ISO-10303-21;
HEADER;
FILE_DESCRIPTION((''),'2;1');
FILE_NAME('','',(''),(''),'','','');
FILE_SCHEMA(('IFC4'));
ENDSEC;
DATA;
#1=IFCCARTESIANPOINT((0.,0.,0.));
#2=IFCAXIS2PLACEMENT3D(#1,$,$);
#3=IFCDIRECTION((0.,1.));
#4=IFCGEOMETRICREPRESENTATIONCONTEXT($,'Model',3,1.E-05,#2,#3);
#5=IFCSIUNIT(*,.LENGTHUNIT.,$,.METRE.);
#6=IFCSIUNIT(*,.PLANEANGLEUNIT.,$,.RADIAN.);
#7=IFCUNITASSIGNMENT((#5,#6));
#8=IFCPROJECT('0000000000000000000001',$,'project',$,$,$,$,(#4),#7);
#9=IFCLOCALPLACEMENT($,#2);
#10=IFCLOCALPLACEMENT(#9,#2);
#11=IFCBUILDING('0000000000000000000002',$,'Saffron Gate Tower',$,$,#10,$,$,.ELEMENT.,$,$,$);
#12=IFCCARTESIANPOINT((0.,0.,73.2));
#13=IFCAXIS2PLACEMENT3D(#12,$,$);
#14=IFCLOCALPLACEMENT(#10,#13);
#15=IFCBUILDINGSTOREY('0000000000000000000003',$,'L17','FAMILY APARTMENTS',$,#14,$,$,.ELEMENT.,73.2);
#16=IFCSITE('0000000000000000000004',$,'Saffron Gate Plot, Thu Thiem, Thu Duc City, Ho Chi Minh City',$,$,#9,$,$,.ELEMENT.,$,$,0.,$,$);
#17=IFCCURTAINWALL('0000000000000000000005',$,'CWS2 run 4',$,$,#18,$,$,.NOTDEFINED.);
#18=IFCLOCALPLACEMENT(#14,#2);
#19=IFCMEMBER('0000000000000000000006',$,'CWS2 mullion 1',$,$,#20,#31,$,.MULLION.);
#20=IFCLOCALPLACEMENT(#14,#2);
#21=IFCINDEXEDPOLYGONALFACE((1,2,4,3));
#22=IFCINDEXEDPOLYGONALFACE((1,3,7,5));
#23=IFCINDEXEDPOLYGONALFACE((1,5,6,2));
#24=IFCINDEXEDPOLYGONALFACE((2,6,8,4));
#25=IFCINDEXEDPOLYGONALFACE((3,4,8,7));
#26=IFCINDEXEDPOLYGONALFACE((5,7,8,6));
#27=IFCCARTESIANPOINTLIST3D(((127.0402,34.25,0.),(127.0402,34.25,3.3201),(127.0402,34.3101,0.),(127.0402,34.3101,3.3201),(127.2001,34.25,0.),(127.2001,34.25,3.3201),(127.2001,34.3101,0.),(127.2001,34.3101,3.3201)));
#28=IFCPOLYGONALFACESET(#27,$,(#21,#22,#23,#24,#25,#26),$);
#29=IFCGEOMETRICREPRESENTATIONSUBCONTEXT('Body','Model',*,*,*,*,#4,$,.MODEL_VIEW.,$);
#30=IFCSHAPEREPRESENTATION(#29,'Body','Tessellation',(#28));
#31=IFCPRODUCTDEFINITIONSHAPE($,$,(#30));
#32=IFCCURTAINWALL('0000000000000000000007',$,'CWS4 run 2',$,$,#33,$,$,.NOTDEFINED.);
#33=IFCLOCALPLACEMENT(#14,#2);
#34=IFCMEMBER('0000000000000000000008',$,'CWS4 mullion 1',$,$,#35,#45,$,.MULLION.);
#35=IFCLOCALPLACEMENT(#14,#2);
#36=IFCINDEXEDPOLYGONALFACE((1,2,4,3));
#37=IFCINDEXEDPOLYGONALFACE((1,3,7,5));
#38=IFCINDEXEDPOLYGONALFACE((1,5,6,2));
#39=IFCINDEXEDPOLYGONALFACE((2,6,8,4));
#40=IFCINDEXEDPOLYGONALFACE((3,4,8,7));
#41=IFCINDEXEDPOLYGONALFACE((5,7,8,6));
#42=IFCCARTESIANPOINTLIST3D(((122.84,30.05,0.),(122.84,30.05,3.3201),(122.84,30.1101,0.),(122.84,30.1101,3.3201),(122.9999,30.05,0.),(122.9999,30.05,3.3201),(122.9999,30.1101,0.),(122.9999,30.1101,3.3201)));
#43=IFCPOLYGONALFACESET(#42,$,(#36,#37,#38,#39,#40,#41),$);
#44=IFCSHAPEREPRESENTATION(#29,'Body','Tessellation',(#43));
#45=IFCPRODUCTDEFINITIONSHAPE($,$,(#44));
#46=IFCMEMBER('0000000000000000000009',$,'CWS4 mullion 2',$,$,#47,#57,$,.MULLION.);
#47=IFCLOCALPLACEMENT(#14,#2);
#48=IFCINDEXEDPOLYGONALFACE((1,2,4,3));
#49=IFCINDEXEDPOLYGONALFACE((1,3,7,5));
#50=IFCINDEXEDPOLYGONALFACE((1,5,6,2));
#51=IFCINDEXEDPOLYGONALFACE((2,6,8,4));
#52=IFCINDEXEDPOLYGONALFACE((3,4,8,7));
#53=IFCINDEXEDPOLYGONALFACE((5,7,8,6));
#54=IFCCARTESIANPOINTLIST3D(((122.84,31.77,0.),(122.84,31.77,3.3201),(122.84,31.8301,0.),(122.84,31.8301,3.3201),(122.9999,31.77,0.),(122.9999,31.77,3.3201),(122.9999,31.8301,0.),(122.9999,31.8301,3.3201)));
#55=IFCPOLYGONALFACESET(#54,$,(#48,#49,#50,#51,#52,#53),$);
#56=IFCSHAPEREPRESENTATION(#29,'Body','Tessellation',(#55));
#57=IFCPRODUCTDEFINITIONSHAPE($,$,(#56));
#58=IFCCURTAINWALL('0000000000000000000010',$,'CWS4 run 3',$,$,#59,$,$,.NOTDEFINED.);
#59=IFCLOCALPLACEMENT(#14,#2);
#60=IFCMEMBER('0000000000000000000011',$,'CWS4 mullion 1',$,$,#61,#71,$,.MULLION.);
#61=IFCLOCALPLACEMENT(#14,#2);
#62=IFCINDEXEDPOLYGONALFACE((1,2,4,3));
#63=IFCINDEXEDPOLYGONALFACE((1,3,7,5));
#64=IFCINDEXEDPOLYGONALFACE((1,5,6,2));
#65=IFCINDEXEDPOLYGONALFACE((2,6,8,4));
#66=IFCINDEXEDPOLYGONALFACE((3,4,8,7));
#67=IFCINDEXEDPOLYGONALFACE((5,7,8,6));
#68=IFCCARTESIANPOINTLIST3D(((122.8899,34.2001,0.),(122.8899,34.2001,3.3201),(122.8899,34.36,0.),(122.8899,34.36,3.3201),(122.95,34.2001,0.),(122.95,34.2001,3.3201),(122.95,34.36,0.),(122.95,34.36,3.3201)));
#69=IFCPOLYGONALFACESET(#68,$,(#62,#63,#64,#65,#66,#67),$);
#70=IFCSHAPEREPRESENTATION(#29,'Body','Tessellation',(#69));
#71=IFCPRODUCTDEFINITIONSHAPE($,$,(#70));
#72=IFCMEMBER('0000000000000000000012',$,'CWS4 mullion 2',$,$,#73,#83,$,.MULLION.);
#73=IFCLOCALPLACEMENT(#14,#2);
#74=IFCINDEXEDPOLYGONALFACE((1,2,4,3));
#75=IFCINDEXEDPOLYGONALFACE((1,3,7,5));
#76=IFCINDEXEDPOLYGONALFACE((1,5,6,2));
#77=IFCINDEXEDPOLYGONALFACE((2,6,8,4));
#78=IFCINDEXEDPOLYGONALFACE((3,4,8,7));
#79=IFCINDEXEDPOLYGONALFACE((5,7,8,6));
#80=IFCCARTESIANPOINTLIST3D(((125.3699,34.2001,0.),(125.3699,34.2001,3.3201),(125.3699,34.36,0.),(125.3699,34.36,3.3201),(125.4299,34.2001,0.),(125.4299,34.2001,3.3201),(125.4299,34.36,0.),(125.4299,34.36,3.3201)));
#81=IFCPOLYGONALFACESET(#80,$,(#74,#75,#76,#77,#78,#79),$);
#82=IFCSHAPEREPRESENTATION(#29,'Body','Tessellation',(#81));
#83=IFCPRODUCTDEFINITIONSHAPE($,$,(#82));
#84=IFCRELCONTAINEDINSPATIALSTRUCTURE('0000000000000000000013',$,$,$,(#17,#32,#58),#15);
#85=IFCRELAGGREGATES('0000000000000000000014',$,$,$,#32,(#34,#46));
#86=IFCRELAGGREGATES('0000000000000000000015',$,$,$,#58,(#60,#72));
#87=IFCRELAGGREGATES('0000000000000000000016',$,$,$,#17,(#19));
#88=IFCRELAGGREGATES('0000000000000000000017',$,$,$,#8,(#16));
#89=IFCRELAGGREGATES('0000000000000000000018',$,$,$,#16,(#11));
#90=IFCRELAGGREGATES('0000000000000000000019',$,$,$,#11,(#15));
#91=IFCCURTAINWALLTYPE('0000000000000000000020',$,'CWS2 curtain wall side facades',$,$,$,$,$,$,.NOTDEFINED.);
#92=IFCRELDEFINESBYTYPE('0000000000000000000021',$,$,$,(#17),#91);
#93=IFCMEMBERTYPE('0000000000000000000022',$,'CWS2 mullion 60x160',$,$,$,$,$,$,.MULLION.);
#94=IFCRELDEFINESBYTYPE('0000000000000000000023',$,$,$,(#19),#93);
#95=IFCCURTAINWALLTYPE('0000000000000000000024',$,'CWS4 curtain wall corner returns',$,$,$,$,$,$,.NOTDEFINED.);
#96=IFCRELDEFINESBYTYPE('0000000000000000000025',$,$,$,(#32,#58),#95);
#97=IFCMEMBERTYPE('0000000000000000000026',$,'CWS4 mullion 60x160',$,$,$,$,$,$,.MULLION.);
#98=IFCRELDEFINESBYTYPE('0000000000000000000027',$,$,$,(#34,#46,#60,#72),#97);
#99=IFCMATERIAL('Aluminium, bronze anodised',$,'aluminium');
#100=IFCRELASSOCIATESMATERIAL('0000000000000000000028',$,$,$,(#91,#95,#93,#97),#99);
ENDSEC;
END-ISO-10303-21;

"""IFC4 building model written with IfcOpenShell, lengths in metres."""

from ifc_helpers import new_model, si_unit, direction, frame, origin, origin_2d, place, context, subcontext, project, spatial, rectangle, extrude, material, material_profile, profile_set, type_object, element, aggregate, save


model = new_model("IFC4")

# Units and contexts
model_context = context("Model", 3, precision=1e-05, world=origin(), true_north=direction((0.0, 1.0)))
body_context = subcontext(model_context, "Body", "Model", "MODEL_VIEW")
ifc_project = project(units=[si_unit("LENGTHUNIT", "METRE"), si_unit("PLANEANGLEUNIT", "RADIAN")], contexts=[model_context])

# Site, building, storey
site_placement = place(None, origin())
site = spatial("IfcSite", under=ifc_project, at=site_placement, Name="Saffron Gate Plot, Thu Thiem, Thu Duc City, Ho Chi Minh City", CompositionType="ELEMENT", RefElevation=0.0)
building_placement = place(site_placement, origin())
building = spatial("IfcBuilding", under=site, at=building_placement, Name="Saffron Gate Tower", CompositionType="ELEMENT")
storey_placement = place(building_placement, frame((0.0, 0.0, 73.2)))
storey = spatial("IfcBuildingStorey", under=building, at=storey_placement, Name="L17", Description="FAMILY APARTMENTS", CompositionType="ELEMENT", Elevation=73.2)

# Curtain wall, member
ifc_material_1 = material(Name="Aluminium, bronze anodised", Category="aluminium")
curtain_wall_type_1 = type_object("IfcCurtainWallType", Name="CWS2 curtain wall side facades", PredefinedType="NOTDEFINED", material=ifc_material_1)
curtain_wall_1_placement = place(storey_placement, origin())
curtain_wall_1 = element("IfcCurtainWall", 1, at=curtain_wall_1_placement, inside=storey, type_object=curtain_wall_type_1, Name="CWS2 run 4", PredefinedType="NOTDEFINED")
ifc_material_profile_1 = material_profile(ifc_material_1, rectangle(XDim=0.1599, YDim=0.0601, at=origin_2d()))
ifc_profile_set_1 = profile_set([ifc_material_profile_1], Name="Aluminium, bronze anodised")
member_type_1 = type_object("IfcMemberType", Name="CWS2 mullion 60x160", PredefinedType="MULLION", material=ifc_profile_set_1)
member_1_placement = place(storey_placement, frame((127.1201, 34.28, 0.0), z_axis=(0.0, 0.0, 1.0), x_axis=(-1.0, 0.0, 0.0)))
member_1 = element("IfcMember", 2, at=member_1_placement, type_object=member_type_1, Name="CWS2 mullion 1", PredefinedType="MULLION", context=body_context, shape_type="SweptSolid", body=[
    extrude(rectangle(XDim=0.1599, YDim=0.0601, at=origin_2d()), origin(), (0.0, 0.0, 1.0), 3.3201),
])

# Curtain walls, members
curtain_wall_type_2 = type_object("IfcCurtainWallType", Name="CWS4 curtain wall corner returns", PredefinedType="NOTDEFINED", material=ifc_material_1)
curtain_wall_2_placement = place(storey_placement, origin())
curtain_wall_2 = element("IfcCurtainWall", 3, at=curtain_wall_2_placement, inside=storey, type_object=curtain_wall_type_2, Name="CWS4 run 2", PredefinedType="NOTDEFINED")
ifc_material_profile_2 = material_profile(ifc_material_1, rectangle(XDim=0.1599, YDim=0.0601, at=origin_2d()))
ifc_profile_set_2 = profile_set([ifc_material_profile_2], Name="Aluminium, bronze anodised")
member_type_2 = type_object("IfcMemberType", Name="CWS4 mullion 60x160", PredefinedType="MULLION", material=ifc_profile_set_2)
member_2_placement = place(storey_placement, frame((122.9199, 30.0801, 0.0), z_axis=(0.0, 0.0, 1.0), x_axis=(-1.0, 0.0, 0.0)))
member_2 = element("IfcMember", 4, at=member_2_placement, type_object=member_type_2, Name="CWS4 mullion 1", PredefinedType="MULLION", context=body_context, shape_type="SweptSolid", body=[
    extrude(rectangle(XDim=0.1599, YDim=0.0601, at=origin_2d()), origin(), (0.0, 0.0, 1.0), 3.3201),
])
member_3_placement = place(storey_placement, frame((122.9199, 31.8, 0.0), z_axis=(0.0, 0.0, 1.0), x_axis=(-1.0, 0.0, 0.0)))
member_3 = element("IfcMember", 5, at=member_3_placement, type_object=member_type_2, Name="CWS4 mullion 2", PredefinedType="MULLION", context=body_context, shape_type="SweptSolid", body=[
    extrude(rectangle(XDim=0.1599, YDim=0.0601, at=origin_2d()), origin(), (0.0, 0.0, 1.0), 3.3201),
])
aggregate(curtain_wall_2, [member_2, member_3])
curtain_wall_3_placement = place(storey_placement, origin())
curtain_wall_3 = element("IfcCurtainWall", 6, at=curtain_wall_3_placement, inside=storey, type_object=curtain_wall_type_2, Name="CWS4 run 3", PredefinedType="NOTDEFINED")
member_4_placement = place(storey_placement, frame((122.9199, 34.28, 0.0), z_axis=(0.0, 0.0, 1.0), x_axis=(0.0, 1.0, 0.0)))
member_4 = element("IfcMember", 7, at=member_4_placement, type_object=member_type_2, Name="CWS4 mullion 1", PredefinedType="MULLION", context=body_context, shape_type="SweptSolid", body=[
    extrude(rectangle(XDim=0.1599, YDim=0.0601, at=origin_2d()), origin(), (0.0, 0.0, 1.0), 3.3201),
])
member_5_placement = place(storey_placement, frame((125.3999, 34.28, 0.0), z_axis=(0.0, 0.0, 1.0), x_axis=(0.0, 1.0, 0.0)))
member_5 = element("IfcMember", 8, at=member_5_placement, type_object=member_type_2, Name="CWS4 mullion 2", PredefinedType="MULLION", context=body_context, shape_type="SweptSolid", body=[
    extrude(rectangle(XDim=0.1599, YDim=0.0601, at=origin_2d()), origin(), (0.0, 0.0, 1.0), 3.3201),
])
aggregate(curtain_wall_3, [member_4, member_5])

aggregate(curtain_wall_1, [member_1])

save(model, "model.ifc")
